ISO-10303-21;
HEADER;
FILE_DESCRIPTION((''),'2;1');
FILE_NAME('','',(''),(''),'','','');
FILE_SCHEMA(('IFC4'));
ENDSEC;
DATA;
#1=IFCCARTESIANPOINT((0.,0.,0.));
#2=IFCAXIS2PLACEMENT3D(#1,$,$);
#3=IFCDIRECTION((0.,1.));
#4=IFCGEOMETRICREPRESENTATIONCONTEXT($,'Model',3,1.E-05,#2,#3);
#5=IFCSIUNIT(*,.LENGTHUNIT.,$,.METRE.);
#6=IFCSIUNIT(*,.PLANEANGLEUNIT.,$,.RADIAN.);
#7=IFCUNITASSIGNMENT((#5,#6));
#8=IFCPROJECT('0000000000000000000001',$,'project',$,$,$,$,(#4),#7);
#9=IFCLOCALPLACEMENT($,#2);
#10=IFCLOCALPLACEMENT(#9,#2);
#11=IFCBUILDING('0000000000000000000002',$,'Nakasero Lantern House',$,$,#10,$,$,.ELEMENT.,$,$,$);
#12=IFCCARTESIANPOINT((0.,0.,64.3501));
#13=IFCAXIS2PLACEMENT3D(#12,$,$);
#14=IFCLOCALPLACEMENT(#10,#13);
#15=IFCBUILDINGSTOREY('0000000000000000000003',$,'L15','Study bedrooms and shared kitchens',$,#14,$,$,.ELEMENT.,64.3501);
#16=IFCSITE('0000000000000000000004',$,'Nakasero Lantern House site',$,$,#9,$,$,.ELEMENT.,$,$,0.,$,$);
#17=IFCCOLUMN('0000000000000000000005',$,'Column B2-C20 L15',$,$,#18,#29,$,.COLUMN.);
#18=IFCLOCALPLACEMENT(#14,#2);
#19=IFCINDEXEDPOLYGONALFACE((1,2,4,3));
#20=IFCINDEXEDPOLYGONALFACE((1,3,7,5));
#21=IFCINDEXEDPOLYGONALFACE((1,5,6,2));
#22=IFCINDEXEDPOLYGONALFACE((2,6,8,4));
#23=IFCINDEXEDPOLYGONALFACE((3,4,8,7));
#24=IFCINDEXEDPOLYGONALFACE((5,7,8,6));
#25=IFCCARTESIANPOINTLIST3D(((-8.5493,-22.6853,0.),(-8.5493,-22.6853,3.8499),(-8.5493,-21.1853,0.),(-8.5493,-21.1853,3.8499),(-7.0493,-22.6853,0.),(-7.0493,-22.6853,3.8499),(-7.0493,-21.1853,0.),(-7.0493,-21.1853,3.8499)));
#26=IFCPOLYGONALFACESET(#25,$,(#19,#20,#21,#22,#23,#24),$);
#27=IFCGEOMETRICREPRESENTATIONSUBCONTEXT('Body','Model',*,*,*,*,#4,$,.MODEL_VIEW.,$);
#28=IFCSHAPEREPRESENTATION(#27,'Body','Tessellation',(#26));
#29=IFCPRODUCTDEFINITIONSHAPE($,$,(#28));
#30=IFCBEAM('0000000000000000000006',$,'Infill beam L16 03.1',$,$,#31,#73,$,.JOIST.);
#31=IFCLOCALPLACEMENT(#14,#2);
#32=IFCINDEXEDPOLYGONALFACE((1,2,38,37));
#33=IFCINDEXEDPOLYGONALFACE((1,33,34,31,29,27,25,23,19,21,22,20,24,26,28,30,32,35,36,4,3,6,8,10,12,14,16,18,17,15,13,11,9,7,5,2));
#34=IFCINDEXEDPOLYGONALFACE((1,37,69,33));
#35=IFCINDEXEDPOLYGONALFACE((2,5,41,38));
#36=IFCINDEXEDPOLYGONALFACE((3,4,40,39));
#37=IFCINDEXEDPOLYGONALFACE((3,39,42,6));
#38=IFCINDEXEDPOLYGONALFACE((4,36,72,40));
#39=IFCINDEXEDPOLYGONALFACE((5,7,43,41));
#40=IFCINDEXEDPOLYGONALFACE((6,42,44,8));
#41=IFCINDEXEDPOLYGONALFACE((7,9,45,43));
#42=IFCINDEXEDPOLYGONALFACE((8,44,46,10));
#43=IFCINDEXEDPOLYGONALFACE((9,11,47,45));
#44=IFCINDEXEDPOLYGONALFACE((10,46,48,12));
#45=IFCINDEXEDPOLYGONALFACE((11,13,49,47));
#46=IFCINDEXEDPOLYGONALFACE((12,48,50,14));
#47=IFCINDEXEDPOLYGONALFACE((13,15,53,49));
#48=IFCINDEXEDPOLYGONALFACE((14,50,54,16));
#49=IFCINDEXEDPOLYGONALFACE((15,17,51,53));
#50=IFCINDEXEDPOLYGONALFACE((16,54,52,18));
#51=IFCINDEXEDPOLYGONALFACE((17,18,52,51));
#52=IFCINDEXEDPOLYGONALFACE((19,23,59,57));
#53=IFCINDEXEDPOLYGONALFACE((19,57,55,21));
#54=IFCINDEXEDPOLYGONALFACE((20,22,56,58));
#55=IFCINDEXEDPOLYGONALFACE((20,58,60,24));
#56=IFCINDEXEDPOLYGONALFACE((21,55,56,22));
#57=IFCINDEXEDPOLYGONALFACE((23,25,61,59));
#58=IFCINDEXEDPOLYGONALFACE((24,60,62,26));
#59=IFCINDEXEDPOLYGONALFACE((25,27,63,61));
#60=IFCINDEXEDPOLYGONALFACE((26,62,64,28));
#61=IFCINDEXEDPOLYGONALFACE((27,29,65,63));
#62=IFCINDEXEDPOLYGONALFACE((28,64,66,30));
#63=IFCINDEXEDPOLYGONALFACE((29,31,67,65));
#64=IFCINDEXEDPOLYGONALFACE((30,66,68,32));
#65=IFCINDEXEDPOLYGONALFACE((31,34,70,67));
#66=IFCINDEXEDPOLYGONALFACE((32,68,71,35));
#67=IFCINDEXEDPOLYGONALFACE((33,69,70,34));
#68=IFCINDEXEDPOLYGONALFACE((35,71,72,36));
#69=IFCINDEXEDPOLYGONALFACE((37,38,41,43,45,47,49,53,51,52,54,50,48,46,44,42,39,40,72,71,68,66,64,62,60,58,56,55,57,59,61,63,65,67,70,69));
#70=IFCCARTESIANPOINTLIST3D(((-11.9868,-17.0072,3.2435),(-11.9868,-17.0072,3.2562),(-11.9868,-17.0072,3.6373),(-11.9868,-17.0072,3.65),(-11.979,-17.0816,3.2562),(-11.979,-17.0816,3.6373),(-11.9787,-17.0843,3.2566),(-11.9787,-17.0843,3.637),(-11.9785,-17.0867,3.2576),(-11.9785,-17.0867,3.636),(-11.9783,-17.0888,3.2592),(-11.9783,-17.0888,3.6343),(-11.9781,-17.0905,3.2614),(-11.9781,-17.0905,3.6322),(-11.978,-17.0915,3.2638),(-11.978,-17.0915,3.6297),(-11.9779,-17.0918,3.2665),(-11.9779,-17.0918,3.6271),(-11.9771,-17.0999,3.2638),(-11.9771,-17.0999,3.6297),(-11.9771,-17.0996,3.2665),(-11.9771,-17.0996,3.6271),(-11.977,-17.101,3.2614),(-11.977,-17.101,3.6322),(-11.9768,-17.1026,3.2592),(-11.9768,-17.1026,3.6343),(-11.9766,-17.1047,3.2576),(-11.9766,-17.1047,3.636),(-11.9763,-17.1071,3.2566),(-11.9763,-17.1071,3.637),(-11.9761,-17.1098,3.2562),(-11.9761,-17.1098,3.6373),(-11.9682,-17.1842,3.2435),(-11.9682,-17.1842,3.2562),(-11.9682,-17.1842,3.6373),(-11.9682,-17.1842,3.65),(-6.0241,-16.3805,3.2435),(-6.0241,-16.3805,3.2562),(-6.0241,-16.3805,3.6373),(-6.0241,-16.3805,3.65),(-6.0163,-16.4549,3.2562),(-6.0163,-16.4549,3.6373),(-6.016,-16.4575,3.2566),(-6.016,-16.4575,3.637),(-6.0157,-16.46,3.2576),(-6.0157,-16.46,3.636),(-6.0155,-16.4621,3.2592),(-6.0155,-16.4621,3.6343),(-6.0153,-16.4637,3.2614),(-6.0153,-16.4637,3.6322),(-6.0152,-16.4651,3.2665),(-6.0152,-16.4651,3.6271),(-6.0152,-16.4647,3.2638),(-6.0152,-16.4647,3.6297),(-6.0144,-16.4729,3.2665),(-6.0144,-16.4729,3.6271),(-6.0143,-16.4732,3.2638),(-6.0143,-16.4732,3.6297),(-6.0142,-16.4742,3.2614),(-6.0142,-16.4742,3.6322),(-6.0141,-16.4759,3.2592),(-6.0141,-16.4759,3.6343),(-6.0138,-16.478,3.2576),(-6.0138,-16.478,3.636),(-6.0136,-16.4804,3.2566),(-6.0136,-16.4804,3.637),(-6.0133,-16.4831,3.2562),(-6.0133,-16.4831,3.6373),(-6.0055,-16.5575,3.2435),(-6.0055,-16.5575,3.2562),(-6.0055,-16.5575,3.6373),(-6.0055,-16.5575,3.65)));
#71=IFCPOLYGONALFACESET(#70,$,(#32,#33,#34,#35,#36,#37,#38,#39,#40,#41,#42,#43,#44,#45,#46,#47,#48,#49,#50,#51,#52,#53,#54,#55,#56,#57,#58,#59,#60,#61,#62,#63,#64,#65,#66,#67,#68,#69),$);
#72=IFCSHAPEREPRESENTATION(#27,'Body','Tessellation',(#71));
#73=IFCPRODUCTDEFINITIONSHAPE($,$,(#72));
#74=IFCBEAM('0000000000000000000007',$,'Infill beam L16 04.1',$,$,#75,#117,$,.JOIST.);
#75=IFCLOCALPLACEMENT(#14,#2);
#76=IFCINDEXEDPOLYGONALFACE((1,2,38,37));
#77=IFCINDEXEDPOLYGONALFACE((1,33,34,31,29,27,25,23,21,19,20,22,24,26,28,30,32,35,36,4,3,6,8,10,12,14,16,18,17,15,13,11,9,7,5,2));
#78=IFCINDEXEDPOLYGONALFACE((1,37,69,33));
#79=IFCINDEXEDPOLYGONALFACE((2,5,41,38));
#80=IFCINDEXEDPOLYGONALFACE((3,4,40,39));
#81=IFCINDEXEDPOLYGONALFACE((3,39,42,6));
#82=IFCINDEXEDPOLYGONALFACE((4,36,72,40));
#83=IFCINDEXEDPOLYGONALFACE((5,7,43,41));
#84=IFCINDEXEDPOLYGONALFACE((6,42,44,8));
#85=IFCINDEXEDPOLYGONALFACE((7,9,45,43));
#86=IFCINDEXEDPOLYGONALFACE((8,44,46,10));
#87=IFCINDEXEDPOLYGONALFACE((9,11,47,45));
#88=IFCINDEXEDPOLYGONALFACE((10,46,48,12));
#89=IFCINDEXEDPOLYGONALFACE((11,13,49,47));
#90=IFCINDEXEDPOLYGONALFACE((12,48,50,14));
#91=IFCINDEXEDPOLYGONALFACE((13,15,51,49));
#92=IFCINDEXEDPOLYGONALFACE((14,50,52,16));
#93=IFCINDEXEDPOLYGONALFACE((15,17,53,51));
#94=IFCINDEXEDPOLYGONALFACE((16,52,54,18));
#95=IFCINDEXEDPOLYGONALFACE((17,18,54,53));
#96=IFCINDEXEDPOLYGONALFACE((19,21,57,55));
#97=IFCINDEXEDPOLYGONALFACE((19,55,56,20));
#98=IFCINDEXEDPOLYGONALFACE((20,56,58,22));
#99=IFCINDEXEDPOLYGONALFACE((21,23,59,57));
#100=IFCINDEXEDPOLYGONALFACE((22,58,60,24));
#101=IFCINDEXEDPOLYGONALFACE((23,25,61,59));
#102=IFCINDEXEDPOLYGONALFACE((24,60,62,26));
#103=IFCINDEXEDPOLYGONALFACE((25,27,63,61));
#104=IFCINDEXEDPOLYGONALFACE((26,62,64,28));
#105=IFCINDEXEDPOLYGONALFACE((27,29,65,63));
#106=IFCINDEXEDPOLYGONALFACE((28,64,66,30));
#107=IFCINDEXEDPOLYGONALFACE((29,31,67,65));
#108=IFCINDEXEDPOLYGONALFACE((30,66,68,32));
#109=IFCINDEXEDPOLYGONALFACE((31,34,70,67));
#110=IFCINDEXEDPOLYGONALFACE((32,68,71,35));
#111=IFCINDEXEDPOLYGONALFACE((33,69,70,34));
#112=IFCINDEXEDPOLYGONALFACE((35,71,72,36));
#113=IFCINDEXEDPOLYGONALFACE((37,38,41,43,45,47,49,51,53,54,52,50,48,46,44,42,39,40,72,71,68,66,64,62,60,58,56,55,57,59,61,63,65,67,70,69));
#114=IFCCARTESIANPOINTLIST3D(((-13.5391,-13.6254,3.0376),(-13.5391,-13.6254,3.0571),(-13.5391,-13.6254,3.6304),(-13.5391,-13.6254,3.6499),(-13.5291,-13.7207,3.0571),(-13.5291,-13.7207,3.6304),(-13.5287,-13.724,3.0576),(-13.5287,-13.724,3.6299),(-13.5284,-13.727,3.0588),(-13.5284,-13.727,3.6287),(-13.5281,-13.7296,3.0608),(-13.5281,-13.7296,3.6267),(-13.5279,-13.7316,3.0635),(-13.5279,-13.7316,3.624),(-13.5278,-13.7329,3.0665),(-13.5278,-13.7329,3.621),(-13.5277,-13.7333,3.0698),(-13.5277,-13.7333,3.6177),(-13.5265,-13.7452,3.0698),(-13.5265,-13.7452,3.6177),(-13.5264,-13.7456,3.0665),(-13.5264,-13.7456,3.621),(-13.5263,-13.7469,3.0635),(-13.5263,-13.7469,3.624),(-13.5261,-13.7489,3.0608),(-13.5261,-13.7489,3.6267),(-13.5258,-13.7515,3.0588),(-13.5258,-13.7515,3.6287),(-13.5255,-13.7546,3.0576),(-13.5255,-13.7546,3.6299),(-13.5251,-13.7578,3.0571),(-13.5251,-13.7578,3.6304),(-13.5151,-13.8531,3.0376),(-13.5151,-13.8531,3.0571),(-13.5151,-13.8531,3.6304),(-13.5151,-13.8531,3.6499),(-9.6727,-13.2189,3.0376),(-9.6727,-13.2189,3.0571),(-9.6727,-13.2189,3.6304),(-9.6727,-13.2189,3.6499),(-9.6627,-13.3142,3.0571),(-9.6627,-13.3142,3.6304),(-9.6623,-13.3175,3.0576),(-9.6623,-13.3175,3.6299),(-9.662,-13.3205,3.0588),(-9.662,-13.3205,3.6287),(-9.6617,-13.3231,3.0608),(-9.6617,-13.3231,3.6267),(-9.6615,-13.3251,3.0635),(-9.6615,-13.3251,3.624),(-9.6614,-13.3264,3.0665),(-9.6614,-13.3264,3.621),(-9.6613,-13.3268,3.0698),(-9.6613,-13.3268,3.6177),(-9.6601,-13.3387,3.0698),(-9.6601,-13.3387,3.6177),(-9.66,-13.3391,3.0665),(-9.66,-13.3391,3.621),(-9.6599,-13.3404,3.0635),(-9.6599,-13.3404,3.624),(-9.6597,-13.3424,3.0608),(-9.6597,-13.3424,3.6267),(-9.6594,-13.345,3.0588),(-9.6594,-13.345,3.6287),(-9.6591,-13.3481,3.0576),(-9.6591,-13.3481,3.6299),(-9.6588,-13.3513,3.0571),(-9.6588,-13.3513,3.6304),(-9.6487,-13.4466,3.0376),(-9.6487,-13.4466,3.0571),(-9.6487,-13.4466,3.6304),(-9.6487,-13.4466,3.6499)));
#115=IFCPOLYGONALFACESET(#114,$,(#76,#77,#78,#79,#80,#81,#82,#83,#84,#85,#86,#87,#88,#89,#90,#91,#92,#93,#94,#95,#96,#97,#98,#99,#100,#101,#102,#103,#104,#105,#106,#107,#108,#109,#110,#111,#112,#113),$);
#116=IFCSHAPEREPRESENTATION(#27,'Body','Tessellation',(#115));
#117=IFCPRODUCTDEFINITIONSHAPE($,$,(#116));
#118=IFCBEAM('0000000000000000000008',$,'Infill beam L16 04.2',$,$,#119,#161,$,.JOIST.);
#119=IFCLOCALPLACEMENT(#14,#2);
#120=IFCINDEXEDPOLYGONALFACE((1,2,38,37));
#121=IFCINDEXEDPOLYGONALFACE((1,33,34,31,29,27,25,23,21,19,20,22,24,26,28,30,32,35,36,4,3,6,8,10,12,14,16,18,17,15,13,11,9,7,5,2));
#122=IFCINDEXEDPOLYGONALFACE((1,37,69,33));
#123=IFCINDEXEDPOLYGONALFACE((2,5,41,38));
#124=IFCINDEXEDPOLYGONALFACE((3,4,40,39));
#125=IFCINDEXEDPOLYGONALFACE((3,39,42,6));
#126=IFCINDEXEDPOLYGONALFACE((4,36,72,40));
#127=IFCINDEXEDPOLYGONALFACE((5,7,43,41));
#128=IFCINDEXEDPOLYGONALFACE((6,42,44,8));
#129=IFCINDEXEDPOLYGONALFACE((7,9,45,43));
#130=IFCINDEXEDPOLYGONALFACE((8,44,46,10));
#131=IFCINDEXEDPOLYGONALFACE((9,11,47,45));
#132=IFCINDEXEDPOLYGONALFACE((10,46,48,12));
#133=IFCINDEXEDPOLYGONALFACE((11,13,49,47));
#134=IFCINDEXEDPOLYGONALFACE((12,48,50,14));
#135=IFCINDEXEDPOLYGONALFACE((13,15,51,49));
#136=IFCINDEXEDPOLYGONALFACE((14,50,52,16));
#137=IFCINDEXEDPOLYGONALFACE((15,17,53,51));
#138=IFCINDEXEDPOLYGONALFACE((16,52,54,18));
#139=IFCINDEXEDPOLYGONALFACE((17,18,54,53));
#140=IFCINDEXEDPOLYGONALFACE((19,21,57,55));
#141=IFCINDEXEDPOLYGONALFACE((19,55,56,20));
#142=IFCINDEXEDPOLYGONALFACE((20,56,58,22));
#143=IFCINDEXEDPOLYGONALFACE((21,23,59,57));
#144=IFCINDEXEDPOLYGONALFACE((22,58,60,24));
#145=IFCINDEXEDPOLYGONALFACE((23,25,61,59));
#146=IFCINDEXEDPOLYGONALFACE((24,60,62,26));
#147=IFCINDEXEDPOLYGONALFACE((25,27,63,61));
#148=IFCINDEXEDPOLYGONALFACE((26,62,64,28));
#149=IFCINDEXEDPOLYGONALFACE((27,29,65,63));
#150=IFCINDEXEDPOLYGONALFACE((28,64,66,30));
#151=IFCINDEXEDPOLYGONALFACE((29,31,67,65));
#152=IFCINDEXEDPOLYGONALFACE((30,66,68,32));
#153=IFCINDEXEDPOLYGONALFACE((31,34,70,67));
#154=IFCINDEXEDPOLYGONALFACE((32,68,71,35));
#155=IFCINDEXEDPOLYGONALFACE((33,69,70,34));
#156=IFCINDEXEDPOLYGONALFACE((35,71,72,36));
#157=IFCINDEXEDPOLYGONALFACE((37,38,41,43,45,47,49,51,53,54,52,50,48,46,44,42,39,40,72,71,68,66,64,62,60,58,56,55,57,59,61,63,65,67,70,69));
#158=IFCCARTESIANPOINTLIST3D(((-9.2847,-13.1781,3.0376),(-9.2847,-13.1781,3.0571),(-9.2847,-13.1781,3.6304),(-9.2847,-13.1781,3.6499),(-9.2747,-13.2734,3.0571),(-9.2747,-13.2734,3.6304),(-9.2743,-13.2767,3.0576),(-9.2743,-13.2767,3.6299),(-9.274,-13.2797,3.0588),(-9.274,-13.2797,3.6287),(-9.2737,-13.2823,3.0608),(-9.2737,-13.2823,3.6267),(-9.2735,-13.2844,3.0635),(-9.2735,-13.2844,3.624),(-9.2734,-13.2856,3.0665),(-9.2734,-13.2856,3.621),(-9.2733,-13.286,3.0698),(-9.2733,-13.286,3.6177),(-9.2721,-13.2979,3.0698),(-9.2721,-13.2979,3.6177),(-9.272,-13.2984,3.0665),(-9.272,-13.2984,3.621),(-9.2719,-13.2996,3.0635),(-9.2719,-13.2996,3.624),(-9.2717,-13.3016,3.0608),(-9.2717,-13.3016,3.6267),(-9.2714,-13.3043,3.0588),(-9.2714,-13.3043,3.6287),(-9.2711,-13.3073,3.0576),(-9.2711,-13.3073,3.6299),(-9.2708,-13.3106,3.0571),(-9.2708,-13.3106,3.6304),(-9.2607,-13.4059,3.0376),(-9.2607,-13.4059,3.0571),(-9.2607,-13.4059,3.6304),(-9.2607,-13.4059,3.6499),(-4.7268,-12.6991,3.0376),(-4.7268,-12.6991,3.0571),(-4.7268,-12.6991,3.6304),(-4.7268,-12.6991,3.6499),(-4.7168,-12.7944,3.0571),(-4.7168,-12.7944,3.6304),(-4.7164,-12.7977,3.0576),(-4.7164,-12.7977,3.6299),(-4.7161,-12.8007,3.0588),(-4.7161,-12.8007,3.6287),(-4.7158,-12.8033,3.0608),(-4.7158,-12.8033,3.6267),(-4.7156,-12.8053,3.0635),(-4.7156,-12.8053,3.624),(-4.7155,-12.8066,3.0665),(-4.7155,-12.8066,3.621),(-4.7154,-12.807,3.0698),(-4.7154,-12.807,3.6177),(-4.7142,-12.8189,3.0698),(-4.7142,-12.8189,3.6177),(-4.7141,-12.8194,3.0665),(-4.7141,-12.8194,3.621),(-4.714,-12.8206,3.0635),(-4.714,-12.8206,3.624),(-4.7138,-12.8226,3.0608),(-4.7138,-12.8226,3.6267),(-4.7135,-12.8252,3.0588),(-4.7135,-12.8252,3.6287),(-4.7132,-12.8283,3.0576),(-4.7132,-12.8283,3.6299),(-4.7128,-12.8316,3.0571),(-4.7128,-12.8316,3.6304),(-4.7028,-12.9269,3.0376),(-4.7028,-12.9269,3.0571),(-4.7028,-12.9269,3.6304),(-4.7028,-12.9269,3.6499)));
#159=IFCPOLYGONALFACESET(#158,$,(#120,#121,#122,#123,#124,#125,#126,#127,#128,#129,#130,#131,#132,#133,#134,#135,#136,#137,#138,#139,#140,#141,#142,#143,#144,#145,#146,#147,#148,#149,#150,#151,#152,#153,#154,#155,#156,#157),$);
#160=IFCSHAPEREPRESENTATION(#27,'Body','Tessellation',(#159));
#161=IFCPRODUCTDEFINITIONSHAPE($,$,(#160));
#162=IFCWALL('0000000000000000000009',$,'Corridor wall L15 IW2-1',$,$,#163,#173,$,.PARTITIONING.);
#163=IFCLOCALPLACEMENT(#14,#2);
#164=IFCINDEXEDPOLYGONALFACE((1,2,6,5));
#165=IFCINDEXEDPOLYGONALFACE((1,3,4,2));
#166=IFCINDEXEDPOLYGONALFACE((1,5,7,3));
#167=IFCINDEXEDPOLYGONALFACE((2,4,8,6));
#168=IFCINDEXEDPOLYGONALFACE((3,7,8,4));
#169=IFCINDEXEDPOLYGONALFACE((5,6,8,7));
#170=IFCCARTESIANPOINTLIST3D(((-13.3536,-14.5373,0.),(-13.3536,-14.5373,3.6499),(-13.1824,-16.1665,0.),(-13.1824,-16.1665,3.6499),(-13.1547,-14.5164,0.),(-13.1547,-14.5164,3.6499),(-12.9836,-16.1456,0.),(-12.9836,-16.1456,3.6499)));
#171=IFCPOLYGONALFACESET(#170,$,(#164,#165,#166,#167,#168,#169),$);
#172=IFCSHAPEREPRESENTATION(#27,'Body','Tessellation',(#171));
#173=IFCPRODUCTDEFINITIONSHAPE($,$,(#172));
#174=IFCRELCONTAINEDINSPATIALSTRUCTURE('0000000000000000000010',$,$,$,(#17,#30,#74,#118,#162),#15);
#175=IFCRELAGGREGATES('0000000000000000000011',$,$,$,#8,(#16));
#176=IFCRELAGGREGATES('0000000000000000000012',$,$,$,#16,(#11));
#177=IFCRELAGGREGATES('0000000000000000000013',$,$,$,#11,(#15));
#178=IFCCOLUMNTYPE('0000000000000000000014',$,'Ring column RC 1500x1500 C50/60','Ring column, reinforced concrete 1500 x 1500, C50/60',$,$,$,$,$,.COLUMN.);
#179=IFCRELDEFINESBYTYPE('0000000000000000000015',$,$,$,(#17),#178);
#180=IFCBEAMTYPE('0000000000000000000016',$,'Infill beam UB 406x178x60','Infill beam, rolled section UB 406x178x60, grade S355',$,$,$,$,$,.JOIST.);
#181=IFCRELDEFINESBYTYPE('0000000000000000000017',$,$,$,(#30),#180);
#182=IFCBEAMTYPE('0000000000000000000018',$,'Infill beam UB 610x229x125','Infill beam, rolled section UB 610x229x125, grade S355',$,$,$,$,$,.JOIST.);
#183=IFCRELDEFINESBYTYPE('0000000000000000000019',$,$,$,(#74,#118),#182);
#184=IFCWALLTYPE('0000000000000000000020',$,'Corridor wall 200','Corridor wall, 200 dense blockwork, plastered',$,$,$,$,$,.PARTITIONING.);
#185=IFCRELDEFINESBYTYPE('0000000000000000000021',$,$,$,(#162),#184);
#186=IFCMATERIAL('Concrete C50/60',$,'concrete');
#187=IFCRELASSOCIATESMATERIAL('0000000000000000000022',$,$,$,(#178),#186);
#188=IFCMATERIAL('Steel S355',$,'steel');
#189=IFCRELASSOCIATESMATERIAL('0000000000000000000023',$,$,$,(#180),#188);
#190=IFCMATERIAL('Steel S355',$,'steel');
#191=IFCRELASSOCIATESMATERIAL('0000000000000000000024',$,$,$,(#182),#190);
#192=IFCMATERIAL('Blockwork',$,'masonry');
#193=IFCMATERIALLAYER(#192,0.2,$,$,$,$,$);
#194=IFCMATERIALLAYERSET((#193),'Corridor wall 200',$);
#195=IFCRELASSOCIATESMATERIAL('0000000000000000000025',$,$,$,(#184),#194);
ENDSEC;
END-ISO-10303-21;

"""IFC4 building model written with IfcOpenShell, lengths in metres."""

from ifc_helpers import new_model, si_unit, direction, frame, frame_2d, origin, origin_2d, place, context, subcontext, project, spatial, rectangle, i_section, extrude, material, layer, layer_set, material_profile, profile_set, type_object, element, save


model = new_model("IFC4")

# Units and contexts
model_context = context("Model", 3, precision=1e-05, world=origin(), true_north=direction((0.0, 1.0)))
body_context = subcontext(model_context, "Body", "Model", "MODEL_VIEW")
ifc_project = project(units=[si_unit("LENGTHUNIT", "METRE"), si_unit("PLANEANGLEUNIT", "RADIAN")], contexts=[model_context])

# Site, building, storey
site_placement = place(None, origin())
site = spatial("IfcSite", under=ifc_project, at=site_placement, Name="Nakasero Lantern House site", CompositionType="ELEMENT", RefElevation=0.0)
building_placement = place(site_placement, origin())
building = spatial("IfcBuilding", under=site, at=building_placement, Name="Nakasero Lantern House", CompositionType="ELEMENT")
storey_placement = place(building_placement, frame((0.0, 0.0, 64.3501)))
storey = spatial("IfcBuildingStorey", under=building, at=storey_placement, Name="L15", Description="Study bedrooms and shared kitchens", CompositionType="ELEMENT", Elevation=64.3501)

# Column
ifc_material_1 = material(Name="Concrete C50/60", Category="concrete")
ifc_material_profile_1 = material_profile(ifc_material_1, rectangle(XDim=1.5, YDim=1.5, at=origin_2d()), Name="RC 1500x1500")
ifc_profile_set_1 = profile_set([ifc_material_profile_1], Name="Concrete C50/60")
column_type = type_object("IfcColumnType", Name="Ring column RC 1500x1500 C50/60", Description="Ring column, reinforced concrete 1500 x 1500, C50/60", PredefinedType="COLUMN", material=ifc_profile_set_1)
column_placement = place(storey_placement, frame((-7.7993, -21.9353, 0.0), z_axis=(0.0, 0.0, 1.0), x_axis=(1.0, 0.0, 0.0)))
element("IfcColumn", 1, at=column_placement, inside=storey, type_object=column_type, Name="Column B2-C20 L15", PredefinedType="COLUMN", context=body_context, shape_type="SweptSolid", body=[
    extrude(rectangle(XDim=1.5, YDim=1.5, at=origin_2d()), origin(), (0.0, 0.0, 1.0), 3.8499),
])

# Beams
ifc_material_2 = material(Name="Steel S355", Category="steel")
ifc_material_profile_2 = material_profile(ifc_material_2, i_section(OverallWidth=0.178, OverallDepth=0.4065, WebThickness=0.0078, FlangeThickness=0.0127, FilletRadius=0.0103, at=origin_2d()), Name="UB 406x178x60")
ifc_profile_set_2 = profile_set([ifc_material_profile_2], Name="Steel S355")
beam_type_1 = type_object("IfcBeamType", Name="Infill beam UB 406x178x60", Description="Infill beam, rolled section UB 406x178x60, grade S355", PredefinedType="JOIST", material=ifc_profile_set_2)
beam_1_placement = place(storey_placement, frame((-11.9775, -17.0957, 3.4468), z_axis=(0.994522, 0.10453, 0.0), x_axis=(-0.10453, 0.994522, 0.0)))
element("IfcBeam", 2, at=beam_1_placement, inside=storey, type_object=beam_type_1, Name="Infill beam L16 03.1", PredefinedType="JOIST", context=body_context, shape_type="SweptSolid", body=[
    extrude(i_section(OverallWidth=0.178, OverallDepth=0.4065, WebThickness=0.0078, FlangeThickness=0.0127, FilletRadius=0.0103, at=origin_2d()), origin(), (0.0, 0.0, 1.0), 5.9956),
])
ifc_material_3 = material(Name="Steel S355", Category="steel")
ifc_material_profile_3 = material_profile(ifc_material_3, i_section(OverallWidth=0.229, OverallDepth=0.6123, WebThickness=0.012, FlangeThickness=0.0195, FilletRadius=0.0127, at=origin_2d()), Name="UB 610x229x125")
ifc_profile_set_3 = profile_set([ifc_material_profile_3], Name="Steel S355")
beam_type_2 = type_object("IfcBeamType", Name="Infill beam UB 610x229x125", Description="Infill beam, rolled section UB 610x229x125, grade S355", PredefinedType="JOIST", material=ifc_profile_set_3)
beam_2_placement = place(storey_placement, frame((-13.5271, -13.7393, 3.3438), z_axis=(0.994519, 0.104557, 0.0), x_axis=(-0.104557, 0.994519, 0.0)))
element("IfcBeam", 3, at=beam_2_placement, inside=storey, type_object=beam_type_2, Name="Infill beam L16 04.1", PredefinedType="JOIST", context=body_context, shape_type="SweptSolid", body=[
    extrude(i_section(OverallWidth=0.229, OverallDepth=0.6123, WebThickness=0.012, FlangeThickness=0.0195, FilletRadius=0.0127, at=origin_2d()), origin(), (0.0, 0.0, 1.0), 3.8877),
])
beam_3_placement = place(storey_placement, frame((-9.2727, -13.292, 3.3438), z_axis=(0.994523, 0.104518, 0.0), x_axis=(-0.104518, 0.994523, 0.0)))
element("IfcBeam", 4, at=beam_3_placement, inside=storey, type_object=beam_type_2, Name="Infill beam L16 04.2", PredefinedType="JOIST", context=body_context, shape_type="SweptSolid", body=[
    extrude(i_section(OverallWidth=0.229, OverallDepth=0.6123, WebThickness=0.012, FlangeThickness=0.0195, FilletRadius=0.0127, at=origin_2d()), origin(), (0.0, 0.0, 1.0), 4.583),
])

# Wall
ifc_material_4 = material(Name="Blockwork", Category="masonry")
ifc_layer_1 = layer(ifc_material_4, 0.2)
ifc_layer_set_1 = layer_set([ifc_layer_1], Name="Corridor wall 200")
wall_type_1 = type_object("IfcWallType", Name="Corridor wall 200", Description="Corridor wall, 200 dense blockwork, plastered", PredefinedType="PARTITIONING", material=ifc_layer_set_1)
wall_1_placement = place(storey_placement, frame((-13.2542, -14.5269, 0.0), z_axis=(0.0, 0.0, 1.0), x_axis=(0.104475, -0.994527, 0.0)))
element("IfcWall", 5, at=wall_1_placement, inside=storey, type_object=wall_type_1, Name="Corridor wall L15 IW2-1", PredefinedType="PARTITIONING", context=body_context, shape_type="SweptSolid", body=[
    extrude(rectangle(XDim=1.6382, YDim=0.2, at=frame_2d((0.8191, 0.0))), origin(), (0.0, 0.0, 1.0), 3.6499),
])

save(model, "model.ifc")
